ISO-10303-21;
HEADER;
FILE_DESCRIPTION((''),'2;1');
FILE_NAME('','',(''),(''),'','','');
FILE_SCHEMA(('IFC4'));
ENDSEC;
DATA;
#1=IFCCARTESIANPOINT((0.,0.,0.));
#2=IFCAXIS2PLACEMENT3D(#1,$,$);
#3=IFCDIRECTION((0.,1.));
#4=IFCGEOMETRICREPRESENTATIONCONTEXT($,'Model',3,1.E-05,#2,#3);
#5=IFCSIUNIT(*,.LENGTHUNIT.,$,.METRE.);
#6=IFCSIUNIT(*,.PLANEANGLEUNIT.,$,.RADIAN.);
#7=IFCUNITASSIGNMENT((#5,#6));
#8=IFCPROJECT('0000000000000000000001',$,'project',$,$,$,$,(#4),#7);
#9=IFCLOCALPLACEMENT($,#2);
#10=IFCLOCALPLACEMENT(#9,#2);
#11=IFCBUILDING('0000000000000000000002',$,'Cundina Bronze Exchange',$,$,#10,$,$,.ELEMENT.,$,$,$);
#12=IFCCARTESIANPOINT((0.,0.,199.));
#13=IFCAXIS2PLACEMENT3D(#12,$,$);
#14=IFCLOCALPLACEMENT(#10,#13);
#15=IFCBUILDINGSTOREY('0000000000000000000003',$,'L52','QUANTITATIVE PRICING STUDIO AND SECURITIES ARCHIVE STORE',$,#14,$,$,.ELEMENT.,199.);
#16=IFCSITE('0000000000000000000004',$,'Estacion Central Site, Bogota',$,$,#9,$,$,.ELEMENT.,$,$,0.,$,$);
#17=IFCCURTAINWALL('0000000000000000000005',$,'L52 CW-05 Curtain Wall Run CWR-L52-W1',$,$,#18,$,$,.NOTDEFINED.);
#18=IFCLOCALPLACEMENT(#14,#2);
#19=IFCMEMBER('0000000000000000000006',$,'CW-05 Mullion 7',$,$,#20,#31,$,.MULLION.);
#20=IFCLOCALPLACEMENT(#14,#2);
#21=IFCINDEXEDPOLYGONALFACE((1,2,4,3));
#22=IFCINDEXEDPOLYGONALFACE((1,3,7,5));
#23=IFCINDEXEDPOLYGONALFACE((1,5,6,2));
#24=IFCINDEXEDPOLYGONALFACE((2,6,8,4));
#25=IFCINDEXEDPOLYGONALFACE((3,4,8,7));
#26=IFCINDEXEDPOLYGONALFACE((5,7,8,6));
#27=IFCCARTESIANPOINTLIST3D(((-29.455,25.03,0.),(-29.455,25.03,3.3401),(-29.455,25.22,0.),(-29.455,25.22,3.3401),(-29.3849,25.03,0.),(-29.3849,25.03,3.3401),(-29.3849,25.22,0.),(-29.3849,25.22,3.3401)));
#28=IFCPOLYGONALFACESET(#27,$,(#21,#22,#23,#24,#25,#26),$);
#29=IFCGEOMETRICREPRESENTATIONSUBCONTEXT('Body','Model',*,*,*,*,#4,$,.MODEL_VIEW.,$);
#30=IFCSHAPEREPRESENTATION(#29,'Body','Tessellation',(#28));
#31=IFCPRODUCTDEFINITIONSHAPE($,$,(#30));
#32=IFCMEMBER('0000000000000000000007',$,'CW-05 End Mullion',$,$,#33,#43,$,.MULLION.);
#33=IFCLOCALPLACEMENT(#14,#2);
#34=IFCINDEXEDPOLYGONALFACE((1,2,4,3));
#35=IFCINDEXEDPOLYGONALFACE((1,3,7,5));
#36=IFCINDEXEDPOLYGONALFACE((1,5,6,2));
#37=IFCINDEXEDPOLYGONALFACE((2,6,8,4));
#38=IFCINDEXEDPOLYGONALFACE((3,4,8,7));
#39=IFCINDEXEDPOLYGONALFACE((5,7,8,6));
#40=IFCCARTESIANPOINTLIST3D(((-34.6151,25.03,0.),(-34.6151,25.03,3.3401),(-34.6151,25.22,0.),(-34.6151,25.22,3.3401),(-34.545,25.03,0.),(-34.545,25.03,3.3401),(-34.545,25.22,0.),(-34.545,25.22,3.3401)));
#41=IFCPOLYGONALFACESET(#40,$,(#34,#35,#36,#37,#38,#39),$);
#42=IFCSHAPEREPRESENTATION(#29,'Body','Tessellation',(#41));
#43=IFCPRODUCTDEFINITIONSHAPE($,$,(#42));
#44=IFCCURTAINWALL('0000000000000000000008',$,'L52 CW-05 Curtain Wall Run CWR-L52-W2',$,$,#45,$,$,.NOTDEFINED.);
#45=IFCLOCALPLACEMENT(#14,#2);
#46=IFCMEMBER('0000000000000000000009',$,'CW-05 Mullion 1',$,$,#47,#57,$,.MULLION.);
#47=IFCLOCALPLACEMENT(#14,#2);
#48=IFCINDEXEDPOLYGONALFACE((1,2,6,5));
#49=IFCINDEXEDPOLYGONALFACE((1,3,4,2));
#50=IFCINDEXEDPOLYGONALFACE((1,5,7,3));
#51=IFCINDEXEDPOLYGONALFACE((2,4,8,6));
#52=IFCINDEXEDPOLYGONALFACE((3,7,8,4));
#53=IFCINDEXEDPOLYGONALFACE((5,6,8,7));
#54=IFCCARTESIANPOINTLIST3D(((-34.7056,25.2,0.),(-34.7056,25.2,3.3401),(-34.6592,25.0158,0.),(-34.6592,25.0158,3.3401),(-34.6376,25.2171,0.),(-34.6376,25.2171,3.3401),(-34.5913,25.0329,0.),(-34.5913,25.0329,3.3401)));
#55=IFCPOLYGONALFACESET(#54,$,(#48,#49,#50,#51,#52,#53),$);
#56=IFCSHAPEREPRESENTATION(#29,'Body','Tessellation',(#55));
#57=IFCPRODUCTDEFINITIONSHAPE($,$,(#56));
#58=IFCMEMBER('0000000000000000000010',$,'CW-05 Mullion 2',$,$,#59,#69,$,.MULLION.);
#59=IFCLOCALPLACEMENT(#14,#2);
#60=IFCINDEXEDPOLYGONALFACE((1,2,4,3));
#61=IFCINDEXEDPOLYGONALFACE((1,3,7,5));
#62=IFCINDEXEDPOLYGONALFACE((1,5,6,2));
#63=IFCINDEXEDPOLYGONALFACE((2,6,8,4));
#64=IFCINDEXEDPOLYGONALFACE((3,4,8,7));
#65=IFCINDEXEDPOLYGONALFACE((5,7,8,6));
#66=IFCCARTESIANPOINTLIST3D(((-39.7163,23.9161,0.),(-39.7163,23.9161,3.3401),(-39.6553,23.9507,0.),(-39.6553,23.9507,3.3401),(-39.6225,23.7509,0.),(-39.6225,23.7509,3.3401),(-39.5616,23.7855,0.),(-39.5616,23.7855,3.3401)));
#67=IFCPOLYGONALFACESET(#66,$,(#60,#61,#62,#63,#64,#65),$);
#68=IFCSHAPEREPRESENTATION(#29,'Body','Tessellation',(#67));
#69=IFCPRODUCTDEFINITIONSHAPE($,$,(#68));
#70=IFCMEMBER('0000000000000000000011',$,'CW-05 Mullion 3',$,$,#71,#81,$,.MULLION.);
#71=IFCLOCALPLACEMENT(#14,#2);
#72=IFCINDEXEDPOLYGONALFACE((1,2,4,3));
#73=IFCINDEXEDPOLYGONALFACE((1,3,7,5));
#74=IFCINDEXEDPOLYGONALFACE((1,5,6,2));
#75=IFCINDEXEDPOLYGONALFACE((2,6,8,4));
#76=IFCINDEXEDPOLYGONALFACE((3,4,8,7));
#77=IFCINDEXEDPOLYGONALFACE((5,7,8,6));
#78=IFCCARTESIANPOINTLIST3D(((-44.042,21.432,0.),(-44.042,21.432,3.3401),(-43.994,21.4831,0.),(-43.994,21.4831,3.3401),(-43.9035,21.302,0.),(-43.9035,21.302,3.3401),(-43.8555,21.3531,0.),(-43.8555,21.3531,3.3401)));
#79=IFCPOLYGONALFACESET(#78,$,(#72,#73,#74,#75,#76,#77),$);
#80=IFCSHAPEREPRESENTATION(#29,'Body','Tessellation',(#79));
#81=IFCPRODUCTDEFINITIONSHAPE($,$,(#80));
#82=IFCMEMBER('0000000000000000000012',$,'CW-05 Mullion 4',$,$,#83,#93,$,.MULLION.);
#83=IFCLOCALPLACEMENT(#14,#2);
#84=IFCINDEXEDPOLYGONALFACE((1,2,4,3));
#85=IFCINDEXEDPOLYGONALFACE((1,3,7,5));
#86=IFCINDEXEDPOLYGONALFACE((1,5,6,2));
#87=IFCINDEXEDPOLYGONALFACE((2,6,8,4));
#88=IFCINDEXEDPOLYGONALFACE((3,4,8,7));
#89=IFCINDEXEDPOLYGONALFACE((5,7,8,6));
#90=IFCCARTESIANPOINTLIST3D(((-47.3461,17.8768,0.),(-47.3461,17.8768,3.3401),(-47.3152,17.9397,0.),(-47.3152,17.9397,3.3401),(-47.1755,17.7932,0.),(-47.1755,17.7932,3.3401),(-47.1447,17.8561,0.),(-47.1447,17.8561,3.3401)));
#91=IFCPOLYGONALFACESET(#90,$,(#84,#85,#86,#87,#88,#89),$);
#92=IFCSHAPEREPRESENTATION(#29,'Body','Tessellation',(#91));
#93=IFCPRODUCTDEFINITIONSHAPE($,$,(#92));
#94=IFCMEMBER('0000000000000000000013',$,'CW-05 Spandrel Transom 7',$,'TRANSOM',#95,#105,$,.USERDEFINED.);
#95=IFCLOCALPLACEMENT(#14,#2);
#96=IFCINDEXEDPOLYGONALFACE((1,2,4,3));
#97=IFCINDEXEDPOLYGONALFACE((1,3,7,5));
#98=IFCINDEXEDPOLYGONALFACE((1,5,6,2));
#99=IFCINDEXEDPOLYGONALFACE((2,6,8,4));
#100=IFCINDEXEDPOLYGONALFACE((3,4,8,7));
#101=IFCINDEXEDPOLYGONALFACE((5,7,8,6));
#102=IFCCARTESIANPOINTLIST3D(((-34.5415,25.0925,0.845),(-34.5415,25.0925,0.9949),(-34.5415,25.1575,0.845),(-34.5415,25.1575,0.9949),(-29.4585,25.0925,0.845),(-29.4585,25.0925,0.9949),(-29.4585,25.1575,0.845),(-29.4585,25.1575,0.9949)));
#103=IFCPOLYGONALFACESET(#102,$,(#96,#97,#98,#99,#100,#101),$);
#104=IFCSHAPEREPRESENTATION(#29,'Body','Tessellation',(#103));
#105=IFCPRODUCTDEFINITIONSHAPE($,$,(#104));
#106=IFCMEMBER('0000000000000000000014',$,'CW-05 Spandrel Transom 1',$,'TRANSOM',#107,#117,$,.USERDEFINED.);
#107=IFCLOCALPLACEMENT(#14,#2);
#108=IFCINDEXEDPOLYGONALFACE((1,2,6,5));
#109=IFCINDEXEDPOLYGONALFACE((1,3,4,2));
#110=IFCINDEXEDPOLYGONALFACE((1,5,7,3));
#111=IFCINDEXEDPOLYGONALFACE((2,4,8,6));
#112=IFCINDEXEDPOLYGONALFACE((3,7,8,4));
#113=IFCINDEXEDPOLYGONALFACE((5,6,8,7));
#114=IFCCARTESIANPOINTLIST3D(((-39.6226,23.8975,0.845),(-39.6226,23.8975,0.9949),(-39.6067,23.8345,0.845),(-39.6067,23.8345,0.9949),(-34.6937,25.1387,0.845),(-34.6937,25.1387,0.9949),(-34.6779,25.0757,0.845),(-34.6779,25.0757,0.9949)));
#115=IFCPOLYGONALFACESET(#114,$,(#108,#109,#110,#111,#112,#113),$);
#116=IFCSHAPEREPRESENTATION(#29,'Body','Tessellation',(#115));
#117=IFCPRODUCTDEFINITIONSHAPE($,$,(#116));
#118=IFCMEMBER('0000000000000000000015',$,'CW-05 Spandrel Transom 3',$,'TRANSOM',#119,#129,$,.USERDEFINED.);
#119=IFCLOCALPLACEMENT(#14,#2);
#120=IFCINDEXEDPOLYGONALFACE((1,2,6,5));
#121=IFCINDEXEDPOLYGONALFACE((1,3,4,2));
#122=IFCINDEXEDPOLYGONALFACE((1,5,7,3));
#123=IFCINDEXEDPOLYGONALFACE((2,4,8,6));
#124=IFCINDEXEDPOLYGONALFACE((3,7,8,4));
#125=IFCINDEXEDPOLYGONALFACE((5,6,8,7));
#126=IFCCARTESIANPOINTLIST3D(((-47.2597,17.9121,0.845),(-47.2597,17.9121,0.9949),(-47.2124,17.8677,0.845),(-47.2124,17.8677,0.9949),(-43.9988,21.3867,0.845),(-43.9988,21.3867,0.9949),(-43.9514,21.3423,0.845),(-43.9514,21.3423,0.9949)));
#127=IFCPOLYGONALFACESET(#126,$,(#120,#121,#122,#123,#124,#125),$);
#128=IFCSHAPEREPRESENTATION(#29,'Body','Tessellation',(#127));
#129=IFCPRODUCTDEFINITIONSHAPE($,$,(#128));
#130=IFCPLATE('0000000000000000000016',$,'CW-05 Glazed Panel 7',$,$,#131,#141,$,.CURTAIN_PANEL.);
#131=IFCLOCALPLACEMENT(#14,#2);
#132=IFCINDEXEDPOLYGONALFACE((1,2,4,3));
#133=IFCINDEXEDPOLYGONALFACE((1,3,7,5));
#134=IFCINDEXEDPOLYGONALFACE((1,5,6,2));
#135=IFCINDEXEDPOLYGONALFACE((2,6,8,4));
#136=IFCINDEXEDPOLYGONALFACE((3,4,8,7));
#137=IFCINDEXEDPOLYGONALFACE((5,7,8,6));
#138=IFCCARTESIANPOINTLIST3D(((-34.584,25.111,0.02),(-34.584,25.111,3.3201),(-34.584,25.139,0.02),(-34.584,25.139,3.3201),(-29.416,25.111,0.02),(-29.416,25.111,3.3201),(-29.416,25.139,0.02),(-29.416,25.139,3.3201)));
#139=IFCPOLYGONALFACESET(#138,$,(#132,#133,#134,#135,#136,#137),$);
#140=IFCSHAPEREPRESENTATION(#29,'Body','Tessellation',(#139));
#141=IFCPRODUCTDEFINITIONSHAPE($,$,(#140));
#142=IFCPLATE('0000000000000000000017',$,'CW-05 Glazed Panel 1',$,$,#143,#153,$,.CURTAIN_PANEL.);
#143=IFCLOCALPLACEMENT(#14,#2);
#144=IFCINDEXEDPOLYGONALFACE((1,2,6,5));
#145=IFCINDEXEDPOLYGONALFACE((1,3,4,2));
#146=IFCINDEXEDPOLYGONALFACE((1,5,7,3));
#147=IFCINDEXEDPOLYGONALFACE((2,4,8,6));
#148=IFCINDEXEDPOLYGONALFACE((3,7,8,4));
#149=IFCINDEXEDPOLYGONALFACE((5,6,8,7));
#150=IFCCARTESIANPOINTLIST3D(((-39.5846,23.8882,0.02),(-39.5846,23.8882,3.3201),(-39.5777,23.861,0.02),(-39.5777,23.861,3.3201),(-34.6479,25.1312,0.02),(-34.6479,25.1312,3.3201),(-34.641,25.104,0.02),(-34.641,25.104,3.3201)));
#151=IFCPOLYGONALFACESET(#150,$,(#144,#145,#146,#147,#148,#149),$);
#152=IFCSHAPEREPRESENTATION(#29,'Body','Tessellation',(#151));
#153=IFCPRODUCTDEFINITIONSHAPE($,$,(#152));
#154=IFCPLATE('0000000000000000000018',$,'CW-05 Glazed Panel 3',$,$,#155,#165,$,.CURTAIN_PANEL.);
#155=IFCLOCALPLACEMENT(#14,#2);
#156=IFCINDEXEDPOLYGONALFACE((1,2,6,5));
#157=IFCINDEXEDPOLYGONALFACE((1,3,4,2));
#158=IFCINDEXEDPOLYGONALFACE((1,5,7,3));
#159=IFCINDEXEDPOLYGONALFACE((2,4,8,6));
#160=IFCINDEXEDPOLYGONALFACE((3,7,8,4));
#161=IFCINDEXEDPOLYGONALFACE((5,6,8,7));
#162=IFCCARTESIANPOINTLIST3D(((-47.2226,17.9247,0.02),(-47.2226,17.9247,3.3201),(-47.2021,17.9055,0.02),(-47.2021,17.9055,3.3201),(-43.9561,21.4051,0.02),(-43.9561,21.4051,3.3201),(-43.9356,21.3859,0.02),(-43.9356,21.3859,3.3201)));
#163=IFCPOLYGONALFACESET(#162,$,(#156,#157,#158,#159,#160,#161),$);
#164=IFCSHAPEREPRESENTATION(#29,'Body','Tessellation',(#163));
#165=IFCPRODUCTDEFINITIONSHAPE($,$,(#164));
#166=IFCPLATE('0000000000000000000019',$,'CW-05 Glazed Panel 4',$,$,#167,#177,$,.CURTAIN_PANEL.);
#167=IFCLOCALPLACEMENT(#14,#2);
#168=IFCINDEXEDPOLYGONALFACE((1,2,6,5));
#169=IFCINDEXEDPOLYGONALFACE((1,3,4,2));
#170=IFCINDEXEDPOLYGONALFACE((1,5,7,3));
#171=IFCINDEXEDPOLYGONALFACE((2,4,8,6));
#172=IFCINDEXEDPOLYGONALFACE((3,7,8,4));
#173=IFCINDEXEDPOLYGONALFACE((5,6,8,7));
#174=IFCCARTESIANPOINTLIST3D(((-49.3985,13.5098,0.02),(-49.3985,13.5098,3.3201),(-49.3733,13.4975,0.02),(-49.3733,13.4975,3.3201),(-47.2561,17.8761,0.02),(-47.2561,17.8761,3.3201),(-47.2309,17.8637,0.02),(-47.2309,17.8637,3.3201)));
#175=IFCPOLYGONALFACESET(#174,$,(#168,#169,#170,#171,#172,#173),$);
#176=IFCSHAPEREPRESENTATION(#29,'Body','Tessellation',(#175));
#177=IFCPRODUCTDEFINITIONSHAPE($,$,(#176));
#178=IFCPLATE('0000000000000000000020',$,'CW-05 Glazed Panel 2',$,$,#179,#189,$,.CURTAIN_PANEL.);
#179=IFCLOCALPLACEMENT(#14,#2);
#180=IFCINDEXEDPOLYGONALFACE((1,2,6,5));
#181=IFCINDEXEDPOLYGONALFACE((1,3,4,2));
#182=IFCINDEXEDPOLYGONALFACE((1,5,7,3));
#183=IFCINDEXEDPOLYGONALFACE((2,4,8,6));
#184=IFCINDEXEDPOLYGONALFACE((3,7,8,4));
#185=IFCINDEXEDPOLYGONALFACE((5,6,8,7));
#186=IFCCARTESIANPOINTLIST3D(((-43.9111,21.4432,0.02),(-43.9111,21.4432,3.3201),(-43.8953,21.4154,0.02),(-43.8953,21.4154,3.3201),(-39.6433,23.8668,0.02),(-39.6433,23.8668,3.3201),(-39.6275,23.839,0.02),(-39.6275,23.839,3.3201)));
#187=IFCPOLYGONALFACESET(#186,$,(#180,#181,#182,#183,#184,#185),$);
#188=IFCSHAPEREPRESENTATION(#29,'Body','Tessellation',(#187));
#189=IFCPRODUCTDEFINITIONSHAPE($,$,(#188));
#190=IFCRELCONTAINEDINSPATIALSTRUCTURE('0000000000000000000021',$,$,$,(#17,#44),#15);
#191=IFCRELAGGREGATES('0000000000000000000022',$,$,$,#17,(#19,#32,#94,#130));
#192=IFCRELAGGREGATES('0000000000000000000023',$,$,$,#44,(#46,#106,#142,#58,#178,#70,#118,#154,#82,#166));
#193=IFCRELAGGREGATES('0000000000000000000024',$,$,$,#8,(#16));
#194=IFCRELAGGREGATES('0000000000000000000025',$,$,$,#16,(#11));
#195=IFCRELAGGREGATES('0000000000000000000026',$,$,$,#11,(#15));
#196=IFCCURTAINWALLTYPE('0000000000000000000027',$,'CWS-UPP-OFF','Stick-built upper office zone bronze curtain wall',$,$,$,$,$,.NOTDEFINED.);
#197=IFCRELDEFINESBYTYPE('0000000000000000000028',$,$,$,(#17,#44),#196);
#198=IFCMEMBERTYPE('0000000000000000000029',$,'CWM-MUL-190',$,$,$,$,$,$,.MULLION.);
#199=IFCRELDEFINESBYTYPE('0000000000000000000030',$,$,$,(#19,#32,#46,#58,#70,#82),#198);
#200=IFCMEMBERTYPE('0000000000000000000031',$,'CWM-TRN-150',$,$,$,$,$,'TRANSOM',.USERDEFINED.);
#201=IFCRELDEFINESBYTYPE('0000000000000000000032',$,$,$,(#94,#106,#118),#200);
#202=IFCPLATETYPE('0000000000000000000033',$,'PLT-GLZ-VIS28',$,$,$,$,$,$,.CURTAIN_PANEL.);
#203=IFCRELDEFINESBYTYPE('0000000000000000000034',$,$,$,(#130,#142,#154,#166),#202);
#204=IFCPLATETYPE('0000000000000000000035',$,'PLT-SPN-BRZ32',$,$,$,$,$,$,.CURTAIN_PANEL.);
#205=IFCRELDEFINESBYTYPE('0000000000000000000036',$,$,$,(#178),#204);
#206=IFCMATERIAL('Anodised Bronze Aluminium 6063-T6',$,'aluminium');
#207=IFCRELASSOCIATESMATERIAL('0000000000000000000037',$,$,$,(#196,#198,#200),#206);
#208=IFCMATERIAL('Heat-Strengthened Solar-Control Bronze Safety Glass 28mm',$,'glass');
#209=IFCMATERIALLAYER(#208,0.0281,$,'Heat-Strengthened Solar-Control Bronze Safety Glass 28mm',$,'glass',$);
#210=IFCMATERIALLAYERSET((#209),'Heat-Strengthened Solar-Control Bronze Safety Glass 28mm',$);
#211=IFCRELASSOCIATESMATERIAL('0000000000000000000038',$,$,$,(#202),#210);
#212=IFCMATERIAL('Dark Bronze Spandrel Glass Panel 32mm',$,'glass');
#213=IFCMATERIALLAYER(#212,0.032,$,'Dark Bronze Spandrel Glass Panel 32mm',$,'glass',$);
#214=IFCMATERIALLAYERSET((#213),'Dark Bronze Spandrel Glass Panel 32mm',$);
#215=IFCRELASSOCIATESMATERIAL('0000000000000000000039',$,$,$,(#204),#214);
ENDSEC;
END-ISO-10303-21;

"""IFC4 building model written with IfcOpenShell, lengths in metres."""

from ifc_helpers import new_model, si_unit, direction, frame, origin, origin_2d, place, context, subcontext, project, spatial, rectangle, extrude, material, layer, layer_set, material_profile, profile_set, type_object, element, aggregate, save


model = new_model("IFC4")

# Units and contexts
model_context = context("Model", 3, precision=1e-05, world=origin(), true_north=direction((0.0, 1.0)))
body_context = subcontext(model_context, "Body", "Model", "MODEL_VIEW")
ifc_project = project(units=[si_unit("LENGTHUNIT", "METRE"), si_unit("PLANEANGLEUNIT", "RADIAN")], contexts=[model_context])

# Site, building, storey
site_placement = place(None, origin())
site = spatial("IfcSite", under=ifc_project, at=site_placement, Name="Estacion Central Site, Bogota", CompositionType="ELEMENT", RefElevation=0.0)
building_placement = place(site_placement, origin())
building = spatial("IfcBuilding", under=site, at=building_placement, Name="Cundina Bronze Exchange", CompositionType="ELEMENT")
storey_placement = place(building_placement, frame((0.0, 0.0, 199.0)))
storey = spatial("IfcBuildingStorey", under=building, at=storey_placement, Name="L52", Description="QUANTITATIVE PRICING STUDIO AND SECURITIES ARCHIVE STORE", CompositionType="ELEMENT", Elevation=199.0)

# Curtain walls, members
ifc_material_1 = material(Name="Anodised Bronze Aluminium 6063-T6", Category="aluminium")
curtain_wall_type = type_object("IfcCurtainWallType", Name="CWS-UPP-OFF", Description="Stick-built upper office zone bronze curtain wall", PredefinedType="NOTDEFINED", material=ifc_material_1)
curtain_wall_1_placement = place(storey_placement, origin())
curtain_wall_1 = element("IfcCurtainWall", 1, at=curtain_wall_1_placement, inside=storey, type_object=curtain_wall_type, Name="L52 CW-05 Curtain Wall Run CWR-L52-W1", PredefinedType="NOTDEFINED")
ifc_material_profile_1 = material_profile(ifc_material_1, rectangle(XDim=0.0701, YDim=0.1899, at=origin_2d()), Name="AL70X190", Category="aluminium")
ifc_profile_set_1 = profile_set([ifc_material_profile_1], Name="Anodised Bronze Aluminium 6063-T6")
member_type_1 = type_object("IfcMemberType", Name="CWM-MUL-190", PredefinedType="MULLION", material=ifc_profile_set_1)
member_1_placement = place(storey_placement, frame((-29.4199, 25.125, 0.0), z_axis=(0.0, 0.0, 1.0), x_axis=(-1.0, 0.0, 0.0)))
member_1 = element("IfcMember", 2, at=member_1_placement, type_object=member_type_1, Name="CW-05 Mullion 7", PredefinedType="MULLION", context=body_context, shape_type="SweptSolid", body=[
    extrude(rectangle(XDim=0.0701, YDim=0.1899, at=origin_2d()), origin(), (0.0, 0.0, 1.0), 3.3401),
])
member_2_placement = place(storey_placement, frame((-34.5801, 25.125, 0.0), z_axis=(0.0, 0.0, 1.0), x_axis=(-1.0, 0.0, 0.0)))
member_2 = element("IfcMember", 3, at=member_2_placement, type_object=member_type_1, Name="CW-05 End Mullion", PredefinedType="MULLION", context=body_context, shape_type="SweptSolid", body=[
    extrude(rectangle(XDim=0.0701, YDim=0.1899, at=origin_2d()), origin(), (0.0, 0.0, 1.0), 3.3401),
])
curtain_wall_2_placement = place(storey_placement, origin())
curtain_wall_2 = element("IfcCurtainWall", 4, at=curtain_wall_2_placement, inside=storey, type_object=curtain_wall_type, Name="L52 CW-05 Curtain Wall Run CWR-L52-W2", PredefinedType="NOTDEFINED")
member_3_placement = place(storey_placement, frame((-34.6484, 25.1165, 0.0), z_axis=(0.0, 0.0, 1.0), x_axis=(-0.969744, -0.244123, 0.0)))
member_3 = element("IfcMember", 5, at=member_3_placement, type_object=member_type_1, Name="CW-05 Mullion 1", PredefinedType="MULLION", context=body_context, shape_type="SweptSolid", body=[
    extrude(rectangle(XDim=0.0701, YDim=0.1899, at=origin_2d()), origin(), (0.0, 0.0, 1.0), 3.3401),
])
member_4_placement = place(storey_placement, frame((-39.6389, 23.8508, 0.0), z_axis=(0.0, 0.0, 1.0), x_axis=(-0.869581, -0.49379, 0.0)))
member_4 = element("IfcMember", 6, at=member_4_placement, type_object=member_type_1, Name="CW-05 Mullion 2", PredefinedType="MULLION", context=body_context, shape_type="SweptSolid", body=[
    extrude(rectangle(XDim=0.0701, YDim=0.1899, at=origin_2d()), origin(), (0.0, 0.0, 1.0), 3.3401),
])
member_5_placement = place(storey_placement, frame((-43.9487, 21.3926, 0.0), z_axis=(0.0, 0.0, 1.0), x_axis=(-0.684293, -0.729208, 0.0)))
member_5 = element("IfcMember", 7, at=member_5_placement, type_object=member_type_1, Name="CW-05 Mullion 3", PredefinedType="MULLION", context=body_context, shape_type="SweptSolid", body=[
    extrude(rectangle(XDim=0.0701, YDim=0.1899, at=origin_2d()), origin(), (0.0, 0.0, 1.0), 3.3401),
])
member_6_placement = place(storey_placement, frame((-47.2454, 17.8665, 0.0), z_axis=(0.0, 0.0, 1.0), x_axis=(-0.440566, -0.89772, 0.0)))
member_6 = element("IfcMember", 8, at=member_6_placement, type_object=member_type_1, Name="CW-05 Mullion 4", PredefinedType="MULLION", context=body_context, shape_type="SweptSolid", body=[
    extrude(rectangle(XDim=0.0701, YDim=0.1899, at=origin_2d()), origin(), (0.0, 0.0, 1.0), 3.3401),
])

# Members
ifc_material_profile_2 = material_profile(ifc_material_1, rectangle(XDim=0.0649, YDim=0.1499, at=origin_2d()), Name="AL65X150", Category="aluminium")
ifc_profile_set_2 = profile_set([ifc_material_profile_2], Name="Anodised Bronze Aluminium 6063-T6")
member_type_2 = type_object("IfcMemberType", Name="CWM-TRN-150", ElementType="TRANSOM", PredefinedType="USERDEFINED", material=ifc_profile_set_2)
member_7_placement = place(storey_placement, frame((-29.4585, 25.125, 0.9199), z_axis=(-1.0, 0.0, 0.0), x_axis=(0.0, -1.0, 0.0)))
member_7 = element("IfcMember", 9, at=member_7_placement, type_object=member_type_2, Name="CW-05 Spandrel Transom 7", ObjectType="TRANSOM", PredefinedType="USERDEFINED", context=body_context, shape_type="SweptSolid", body=[
    extrude(rectangle(XDim=0.0649, YDim=0.1499, at=origin_2d()), origin(), (0.0, 0.0, 1.0), 5.083),
])
member_8_placement = place(storey_placement, frame((-34.6858, 25.1072, 0.9199), z_axis=(-0.969726, -0.244197, 0.0), x_axis=(0.244197, -0.969726, 0.0)))
member_8 = element("IfcMember", 10, at=member_8_placement, type_object=member_type_2, Name="CW-05 Spandrel Transom 1", ObjectType="TRANSOM", PredefinedType="USERDEFINED", context=body_context, shape_type="SweptSolid", body=[
    extrude(rectangle(XDim=0.0649, YDim=0.1499, at=origin_2d()), origin(), (0.0, 0.0, 1.0), 5.0828),
])
member_9_placement = place(storey_placement, frame((-43.9751, 21.3645, 0.9199), z_axis=(-0.684336, -0.729166, 0.0), x_axis=(0.729166, -0.684336, 0.0)))
member_9 = element("IfcMember", 11, at=member_9_placement, type_object=member_type_2, Name="CW-05 Spandrel Transom 3", ObjectType="TRANSOM", PredefinedType="USERDEFINED", context=body_context, shape_type="SweptSolid", body=[
    extrude(rectangle(XDim=0.0649, YDim=0.1499, at=origin_2d()), origin(), (0.0, 0.0, 1.0), 4.7651),
])

# Plates
ifc_material_2 = material(Name="Heat-Strengthened Solar-Control Bronze Safety Glass 28mm", Category="glass")
ifc_layer_1 = layer(ifc_material_2, 0.0281, Name="Heat-Strengthened Solar-Control Bronze Safety Glass 28mm", Category="glass")
ifc_layer_set_1 = layer_set([ifc_layer_1], Name="Heat-Strengthened Solar-Control Bronze Safety Glass 28mm")
plate_type_1 = type_object("IfcPlateType", Name="PLT-GLZ-VIS28", PredefinedType="CURTAIN_PANEL", material=ifc_layer_set_1)
plate_1_placement = place(storey_placement, frame((-32.0, 25.125, 0.02), z_axis=(0.0, 0.0, 1.0), x_axis=(-1.0, 0.0, 0.0)))
plate_1 = element("IfcPlate", 12, at=plate_1_placement, type_object=plate_type_1, Name="CW-05 Glazed Panel 7", PredefinedType="CURTAIN_PANEL", context=body_context, shape_type="SweptSolid", body=[
    extrude(rectangle(XDim=5.168, YDim=0.0281, at=origin_2d()), origin(), (0.0, 0.0, 1.0), 3.3),
])
aggregate(curtain_wall_1, [member_1, member_2, member_7, plate_1])
plate_2_placement = place(storey_placement, frame((-37.1128, 24.4961, 0.02), z_axis=(0.0, 0.0, 1.0), x_axis=(-0.969732, -0.244174, 0.0)))
plate_2 = element("IfcPlate", 13, at=plate_2_placement, type_object=plate_type_1, Name="CW-05 Glazed Panel 1", PredefinedType="CURTAIN_PANEL", context=body_context, shape_type="SweptSolid", body=[
    extrude(rectangle(XDim=5.0908, YDim=0.0281, at=origin_2d()), origin(), (0.0, 0.0, 1.0), 3.3),
])
plate_3_placement = place(storey_placement, frame((-45.5791, 19.6553, 0.02), z_axis=(0.0, 0.0, 1.0), x_axis=(-0.684344, -0.72916, 0.0)))
plate_3 = element("IfcPlate", 14, at=plate_3_placement, type_object=plate_type_1, Name="CW-05 Glazed Panel 3", PredefinedType="CURTAIN_PANEL", context=body_context, shape_type="SweptSolid", body=[
    extrude(rectangle(XDim=4.7732, YDim=0.0281, at=origin_2d()), origin(), (0.0, 0.0, 1.0), 3.3),
])
plate_4_placement = place(storey_placement, frame((-48.3147, 15.6868, 0.02), z_axis=(0.0, 0.0, 1.0), x_axis=(-0.440503, -0.897751, 0.0)))
plate_4 = element("IfcPlate", 15, at=plate_4_placement, type_object=plate_type_1, Name="CW-05 Glazed Panel 4", PredefinedType="CURTAIN_PANEL", context=body_context, shape_type="SweptSolid", body=[
    extrude(rectangle(XDim=4.8635, YDim=0.0281, at=origin_2d()), origin(), (0.0, 0.0, 1.0), 3.3),
])
ifc_material_3 = material(Name="Dark Bronze Spandrel Glass Panel 32mm", Category="glass")
ifc_layer_2 = layer(ifc_material_3, 0.032, Name="Dark Bronze Spandrel Glass Panel 32mm", Category="glass")
ifc_layer_set_2 = layer_set([ifc_layer_2], Name="Dark Bronze Spandrel Glass Panel 32mm")
plate_type_2 = type_object("IfcPlateType", Name="PLT-SPN-BRZ32", PredefinedType="CURTAIN_PANEL", material=ifc_layer_set_2)
plate_5_placement = place(storey_placement, frame((-41.7693, 22.6411, 0.02), z_axis=(0.0, 0.0, 1.0), x_axis=(-0.869573, -0.493805, 0.0)))
plate_5 = element("IfcPlate", 16, at=plate_5_placement, type_object=plate_type_2, Name="CW-05 Glazed Panel 2", PredefinedType="CURTAIN_PANEL", context=body_context, shape_type="SweptSolid", body=[
    extrude(rectangle(XDim=4.908, YDim=0.032, at=origin_2d()), origin(), (0.0, 0.0, 1.0), 3.3),
])
aggregate(curtain_wall_2, [member_3, member_8, plate_2, member_4, plate_5, member_5, member_9, plate_3, member_6, plate_4])

save(model, "model.ifc")
